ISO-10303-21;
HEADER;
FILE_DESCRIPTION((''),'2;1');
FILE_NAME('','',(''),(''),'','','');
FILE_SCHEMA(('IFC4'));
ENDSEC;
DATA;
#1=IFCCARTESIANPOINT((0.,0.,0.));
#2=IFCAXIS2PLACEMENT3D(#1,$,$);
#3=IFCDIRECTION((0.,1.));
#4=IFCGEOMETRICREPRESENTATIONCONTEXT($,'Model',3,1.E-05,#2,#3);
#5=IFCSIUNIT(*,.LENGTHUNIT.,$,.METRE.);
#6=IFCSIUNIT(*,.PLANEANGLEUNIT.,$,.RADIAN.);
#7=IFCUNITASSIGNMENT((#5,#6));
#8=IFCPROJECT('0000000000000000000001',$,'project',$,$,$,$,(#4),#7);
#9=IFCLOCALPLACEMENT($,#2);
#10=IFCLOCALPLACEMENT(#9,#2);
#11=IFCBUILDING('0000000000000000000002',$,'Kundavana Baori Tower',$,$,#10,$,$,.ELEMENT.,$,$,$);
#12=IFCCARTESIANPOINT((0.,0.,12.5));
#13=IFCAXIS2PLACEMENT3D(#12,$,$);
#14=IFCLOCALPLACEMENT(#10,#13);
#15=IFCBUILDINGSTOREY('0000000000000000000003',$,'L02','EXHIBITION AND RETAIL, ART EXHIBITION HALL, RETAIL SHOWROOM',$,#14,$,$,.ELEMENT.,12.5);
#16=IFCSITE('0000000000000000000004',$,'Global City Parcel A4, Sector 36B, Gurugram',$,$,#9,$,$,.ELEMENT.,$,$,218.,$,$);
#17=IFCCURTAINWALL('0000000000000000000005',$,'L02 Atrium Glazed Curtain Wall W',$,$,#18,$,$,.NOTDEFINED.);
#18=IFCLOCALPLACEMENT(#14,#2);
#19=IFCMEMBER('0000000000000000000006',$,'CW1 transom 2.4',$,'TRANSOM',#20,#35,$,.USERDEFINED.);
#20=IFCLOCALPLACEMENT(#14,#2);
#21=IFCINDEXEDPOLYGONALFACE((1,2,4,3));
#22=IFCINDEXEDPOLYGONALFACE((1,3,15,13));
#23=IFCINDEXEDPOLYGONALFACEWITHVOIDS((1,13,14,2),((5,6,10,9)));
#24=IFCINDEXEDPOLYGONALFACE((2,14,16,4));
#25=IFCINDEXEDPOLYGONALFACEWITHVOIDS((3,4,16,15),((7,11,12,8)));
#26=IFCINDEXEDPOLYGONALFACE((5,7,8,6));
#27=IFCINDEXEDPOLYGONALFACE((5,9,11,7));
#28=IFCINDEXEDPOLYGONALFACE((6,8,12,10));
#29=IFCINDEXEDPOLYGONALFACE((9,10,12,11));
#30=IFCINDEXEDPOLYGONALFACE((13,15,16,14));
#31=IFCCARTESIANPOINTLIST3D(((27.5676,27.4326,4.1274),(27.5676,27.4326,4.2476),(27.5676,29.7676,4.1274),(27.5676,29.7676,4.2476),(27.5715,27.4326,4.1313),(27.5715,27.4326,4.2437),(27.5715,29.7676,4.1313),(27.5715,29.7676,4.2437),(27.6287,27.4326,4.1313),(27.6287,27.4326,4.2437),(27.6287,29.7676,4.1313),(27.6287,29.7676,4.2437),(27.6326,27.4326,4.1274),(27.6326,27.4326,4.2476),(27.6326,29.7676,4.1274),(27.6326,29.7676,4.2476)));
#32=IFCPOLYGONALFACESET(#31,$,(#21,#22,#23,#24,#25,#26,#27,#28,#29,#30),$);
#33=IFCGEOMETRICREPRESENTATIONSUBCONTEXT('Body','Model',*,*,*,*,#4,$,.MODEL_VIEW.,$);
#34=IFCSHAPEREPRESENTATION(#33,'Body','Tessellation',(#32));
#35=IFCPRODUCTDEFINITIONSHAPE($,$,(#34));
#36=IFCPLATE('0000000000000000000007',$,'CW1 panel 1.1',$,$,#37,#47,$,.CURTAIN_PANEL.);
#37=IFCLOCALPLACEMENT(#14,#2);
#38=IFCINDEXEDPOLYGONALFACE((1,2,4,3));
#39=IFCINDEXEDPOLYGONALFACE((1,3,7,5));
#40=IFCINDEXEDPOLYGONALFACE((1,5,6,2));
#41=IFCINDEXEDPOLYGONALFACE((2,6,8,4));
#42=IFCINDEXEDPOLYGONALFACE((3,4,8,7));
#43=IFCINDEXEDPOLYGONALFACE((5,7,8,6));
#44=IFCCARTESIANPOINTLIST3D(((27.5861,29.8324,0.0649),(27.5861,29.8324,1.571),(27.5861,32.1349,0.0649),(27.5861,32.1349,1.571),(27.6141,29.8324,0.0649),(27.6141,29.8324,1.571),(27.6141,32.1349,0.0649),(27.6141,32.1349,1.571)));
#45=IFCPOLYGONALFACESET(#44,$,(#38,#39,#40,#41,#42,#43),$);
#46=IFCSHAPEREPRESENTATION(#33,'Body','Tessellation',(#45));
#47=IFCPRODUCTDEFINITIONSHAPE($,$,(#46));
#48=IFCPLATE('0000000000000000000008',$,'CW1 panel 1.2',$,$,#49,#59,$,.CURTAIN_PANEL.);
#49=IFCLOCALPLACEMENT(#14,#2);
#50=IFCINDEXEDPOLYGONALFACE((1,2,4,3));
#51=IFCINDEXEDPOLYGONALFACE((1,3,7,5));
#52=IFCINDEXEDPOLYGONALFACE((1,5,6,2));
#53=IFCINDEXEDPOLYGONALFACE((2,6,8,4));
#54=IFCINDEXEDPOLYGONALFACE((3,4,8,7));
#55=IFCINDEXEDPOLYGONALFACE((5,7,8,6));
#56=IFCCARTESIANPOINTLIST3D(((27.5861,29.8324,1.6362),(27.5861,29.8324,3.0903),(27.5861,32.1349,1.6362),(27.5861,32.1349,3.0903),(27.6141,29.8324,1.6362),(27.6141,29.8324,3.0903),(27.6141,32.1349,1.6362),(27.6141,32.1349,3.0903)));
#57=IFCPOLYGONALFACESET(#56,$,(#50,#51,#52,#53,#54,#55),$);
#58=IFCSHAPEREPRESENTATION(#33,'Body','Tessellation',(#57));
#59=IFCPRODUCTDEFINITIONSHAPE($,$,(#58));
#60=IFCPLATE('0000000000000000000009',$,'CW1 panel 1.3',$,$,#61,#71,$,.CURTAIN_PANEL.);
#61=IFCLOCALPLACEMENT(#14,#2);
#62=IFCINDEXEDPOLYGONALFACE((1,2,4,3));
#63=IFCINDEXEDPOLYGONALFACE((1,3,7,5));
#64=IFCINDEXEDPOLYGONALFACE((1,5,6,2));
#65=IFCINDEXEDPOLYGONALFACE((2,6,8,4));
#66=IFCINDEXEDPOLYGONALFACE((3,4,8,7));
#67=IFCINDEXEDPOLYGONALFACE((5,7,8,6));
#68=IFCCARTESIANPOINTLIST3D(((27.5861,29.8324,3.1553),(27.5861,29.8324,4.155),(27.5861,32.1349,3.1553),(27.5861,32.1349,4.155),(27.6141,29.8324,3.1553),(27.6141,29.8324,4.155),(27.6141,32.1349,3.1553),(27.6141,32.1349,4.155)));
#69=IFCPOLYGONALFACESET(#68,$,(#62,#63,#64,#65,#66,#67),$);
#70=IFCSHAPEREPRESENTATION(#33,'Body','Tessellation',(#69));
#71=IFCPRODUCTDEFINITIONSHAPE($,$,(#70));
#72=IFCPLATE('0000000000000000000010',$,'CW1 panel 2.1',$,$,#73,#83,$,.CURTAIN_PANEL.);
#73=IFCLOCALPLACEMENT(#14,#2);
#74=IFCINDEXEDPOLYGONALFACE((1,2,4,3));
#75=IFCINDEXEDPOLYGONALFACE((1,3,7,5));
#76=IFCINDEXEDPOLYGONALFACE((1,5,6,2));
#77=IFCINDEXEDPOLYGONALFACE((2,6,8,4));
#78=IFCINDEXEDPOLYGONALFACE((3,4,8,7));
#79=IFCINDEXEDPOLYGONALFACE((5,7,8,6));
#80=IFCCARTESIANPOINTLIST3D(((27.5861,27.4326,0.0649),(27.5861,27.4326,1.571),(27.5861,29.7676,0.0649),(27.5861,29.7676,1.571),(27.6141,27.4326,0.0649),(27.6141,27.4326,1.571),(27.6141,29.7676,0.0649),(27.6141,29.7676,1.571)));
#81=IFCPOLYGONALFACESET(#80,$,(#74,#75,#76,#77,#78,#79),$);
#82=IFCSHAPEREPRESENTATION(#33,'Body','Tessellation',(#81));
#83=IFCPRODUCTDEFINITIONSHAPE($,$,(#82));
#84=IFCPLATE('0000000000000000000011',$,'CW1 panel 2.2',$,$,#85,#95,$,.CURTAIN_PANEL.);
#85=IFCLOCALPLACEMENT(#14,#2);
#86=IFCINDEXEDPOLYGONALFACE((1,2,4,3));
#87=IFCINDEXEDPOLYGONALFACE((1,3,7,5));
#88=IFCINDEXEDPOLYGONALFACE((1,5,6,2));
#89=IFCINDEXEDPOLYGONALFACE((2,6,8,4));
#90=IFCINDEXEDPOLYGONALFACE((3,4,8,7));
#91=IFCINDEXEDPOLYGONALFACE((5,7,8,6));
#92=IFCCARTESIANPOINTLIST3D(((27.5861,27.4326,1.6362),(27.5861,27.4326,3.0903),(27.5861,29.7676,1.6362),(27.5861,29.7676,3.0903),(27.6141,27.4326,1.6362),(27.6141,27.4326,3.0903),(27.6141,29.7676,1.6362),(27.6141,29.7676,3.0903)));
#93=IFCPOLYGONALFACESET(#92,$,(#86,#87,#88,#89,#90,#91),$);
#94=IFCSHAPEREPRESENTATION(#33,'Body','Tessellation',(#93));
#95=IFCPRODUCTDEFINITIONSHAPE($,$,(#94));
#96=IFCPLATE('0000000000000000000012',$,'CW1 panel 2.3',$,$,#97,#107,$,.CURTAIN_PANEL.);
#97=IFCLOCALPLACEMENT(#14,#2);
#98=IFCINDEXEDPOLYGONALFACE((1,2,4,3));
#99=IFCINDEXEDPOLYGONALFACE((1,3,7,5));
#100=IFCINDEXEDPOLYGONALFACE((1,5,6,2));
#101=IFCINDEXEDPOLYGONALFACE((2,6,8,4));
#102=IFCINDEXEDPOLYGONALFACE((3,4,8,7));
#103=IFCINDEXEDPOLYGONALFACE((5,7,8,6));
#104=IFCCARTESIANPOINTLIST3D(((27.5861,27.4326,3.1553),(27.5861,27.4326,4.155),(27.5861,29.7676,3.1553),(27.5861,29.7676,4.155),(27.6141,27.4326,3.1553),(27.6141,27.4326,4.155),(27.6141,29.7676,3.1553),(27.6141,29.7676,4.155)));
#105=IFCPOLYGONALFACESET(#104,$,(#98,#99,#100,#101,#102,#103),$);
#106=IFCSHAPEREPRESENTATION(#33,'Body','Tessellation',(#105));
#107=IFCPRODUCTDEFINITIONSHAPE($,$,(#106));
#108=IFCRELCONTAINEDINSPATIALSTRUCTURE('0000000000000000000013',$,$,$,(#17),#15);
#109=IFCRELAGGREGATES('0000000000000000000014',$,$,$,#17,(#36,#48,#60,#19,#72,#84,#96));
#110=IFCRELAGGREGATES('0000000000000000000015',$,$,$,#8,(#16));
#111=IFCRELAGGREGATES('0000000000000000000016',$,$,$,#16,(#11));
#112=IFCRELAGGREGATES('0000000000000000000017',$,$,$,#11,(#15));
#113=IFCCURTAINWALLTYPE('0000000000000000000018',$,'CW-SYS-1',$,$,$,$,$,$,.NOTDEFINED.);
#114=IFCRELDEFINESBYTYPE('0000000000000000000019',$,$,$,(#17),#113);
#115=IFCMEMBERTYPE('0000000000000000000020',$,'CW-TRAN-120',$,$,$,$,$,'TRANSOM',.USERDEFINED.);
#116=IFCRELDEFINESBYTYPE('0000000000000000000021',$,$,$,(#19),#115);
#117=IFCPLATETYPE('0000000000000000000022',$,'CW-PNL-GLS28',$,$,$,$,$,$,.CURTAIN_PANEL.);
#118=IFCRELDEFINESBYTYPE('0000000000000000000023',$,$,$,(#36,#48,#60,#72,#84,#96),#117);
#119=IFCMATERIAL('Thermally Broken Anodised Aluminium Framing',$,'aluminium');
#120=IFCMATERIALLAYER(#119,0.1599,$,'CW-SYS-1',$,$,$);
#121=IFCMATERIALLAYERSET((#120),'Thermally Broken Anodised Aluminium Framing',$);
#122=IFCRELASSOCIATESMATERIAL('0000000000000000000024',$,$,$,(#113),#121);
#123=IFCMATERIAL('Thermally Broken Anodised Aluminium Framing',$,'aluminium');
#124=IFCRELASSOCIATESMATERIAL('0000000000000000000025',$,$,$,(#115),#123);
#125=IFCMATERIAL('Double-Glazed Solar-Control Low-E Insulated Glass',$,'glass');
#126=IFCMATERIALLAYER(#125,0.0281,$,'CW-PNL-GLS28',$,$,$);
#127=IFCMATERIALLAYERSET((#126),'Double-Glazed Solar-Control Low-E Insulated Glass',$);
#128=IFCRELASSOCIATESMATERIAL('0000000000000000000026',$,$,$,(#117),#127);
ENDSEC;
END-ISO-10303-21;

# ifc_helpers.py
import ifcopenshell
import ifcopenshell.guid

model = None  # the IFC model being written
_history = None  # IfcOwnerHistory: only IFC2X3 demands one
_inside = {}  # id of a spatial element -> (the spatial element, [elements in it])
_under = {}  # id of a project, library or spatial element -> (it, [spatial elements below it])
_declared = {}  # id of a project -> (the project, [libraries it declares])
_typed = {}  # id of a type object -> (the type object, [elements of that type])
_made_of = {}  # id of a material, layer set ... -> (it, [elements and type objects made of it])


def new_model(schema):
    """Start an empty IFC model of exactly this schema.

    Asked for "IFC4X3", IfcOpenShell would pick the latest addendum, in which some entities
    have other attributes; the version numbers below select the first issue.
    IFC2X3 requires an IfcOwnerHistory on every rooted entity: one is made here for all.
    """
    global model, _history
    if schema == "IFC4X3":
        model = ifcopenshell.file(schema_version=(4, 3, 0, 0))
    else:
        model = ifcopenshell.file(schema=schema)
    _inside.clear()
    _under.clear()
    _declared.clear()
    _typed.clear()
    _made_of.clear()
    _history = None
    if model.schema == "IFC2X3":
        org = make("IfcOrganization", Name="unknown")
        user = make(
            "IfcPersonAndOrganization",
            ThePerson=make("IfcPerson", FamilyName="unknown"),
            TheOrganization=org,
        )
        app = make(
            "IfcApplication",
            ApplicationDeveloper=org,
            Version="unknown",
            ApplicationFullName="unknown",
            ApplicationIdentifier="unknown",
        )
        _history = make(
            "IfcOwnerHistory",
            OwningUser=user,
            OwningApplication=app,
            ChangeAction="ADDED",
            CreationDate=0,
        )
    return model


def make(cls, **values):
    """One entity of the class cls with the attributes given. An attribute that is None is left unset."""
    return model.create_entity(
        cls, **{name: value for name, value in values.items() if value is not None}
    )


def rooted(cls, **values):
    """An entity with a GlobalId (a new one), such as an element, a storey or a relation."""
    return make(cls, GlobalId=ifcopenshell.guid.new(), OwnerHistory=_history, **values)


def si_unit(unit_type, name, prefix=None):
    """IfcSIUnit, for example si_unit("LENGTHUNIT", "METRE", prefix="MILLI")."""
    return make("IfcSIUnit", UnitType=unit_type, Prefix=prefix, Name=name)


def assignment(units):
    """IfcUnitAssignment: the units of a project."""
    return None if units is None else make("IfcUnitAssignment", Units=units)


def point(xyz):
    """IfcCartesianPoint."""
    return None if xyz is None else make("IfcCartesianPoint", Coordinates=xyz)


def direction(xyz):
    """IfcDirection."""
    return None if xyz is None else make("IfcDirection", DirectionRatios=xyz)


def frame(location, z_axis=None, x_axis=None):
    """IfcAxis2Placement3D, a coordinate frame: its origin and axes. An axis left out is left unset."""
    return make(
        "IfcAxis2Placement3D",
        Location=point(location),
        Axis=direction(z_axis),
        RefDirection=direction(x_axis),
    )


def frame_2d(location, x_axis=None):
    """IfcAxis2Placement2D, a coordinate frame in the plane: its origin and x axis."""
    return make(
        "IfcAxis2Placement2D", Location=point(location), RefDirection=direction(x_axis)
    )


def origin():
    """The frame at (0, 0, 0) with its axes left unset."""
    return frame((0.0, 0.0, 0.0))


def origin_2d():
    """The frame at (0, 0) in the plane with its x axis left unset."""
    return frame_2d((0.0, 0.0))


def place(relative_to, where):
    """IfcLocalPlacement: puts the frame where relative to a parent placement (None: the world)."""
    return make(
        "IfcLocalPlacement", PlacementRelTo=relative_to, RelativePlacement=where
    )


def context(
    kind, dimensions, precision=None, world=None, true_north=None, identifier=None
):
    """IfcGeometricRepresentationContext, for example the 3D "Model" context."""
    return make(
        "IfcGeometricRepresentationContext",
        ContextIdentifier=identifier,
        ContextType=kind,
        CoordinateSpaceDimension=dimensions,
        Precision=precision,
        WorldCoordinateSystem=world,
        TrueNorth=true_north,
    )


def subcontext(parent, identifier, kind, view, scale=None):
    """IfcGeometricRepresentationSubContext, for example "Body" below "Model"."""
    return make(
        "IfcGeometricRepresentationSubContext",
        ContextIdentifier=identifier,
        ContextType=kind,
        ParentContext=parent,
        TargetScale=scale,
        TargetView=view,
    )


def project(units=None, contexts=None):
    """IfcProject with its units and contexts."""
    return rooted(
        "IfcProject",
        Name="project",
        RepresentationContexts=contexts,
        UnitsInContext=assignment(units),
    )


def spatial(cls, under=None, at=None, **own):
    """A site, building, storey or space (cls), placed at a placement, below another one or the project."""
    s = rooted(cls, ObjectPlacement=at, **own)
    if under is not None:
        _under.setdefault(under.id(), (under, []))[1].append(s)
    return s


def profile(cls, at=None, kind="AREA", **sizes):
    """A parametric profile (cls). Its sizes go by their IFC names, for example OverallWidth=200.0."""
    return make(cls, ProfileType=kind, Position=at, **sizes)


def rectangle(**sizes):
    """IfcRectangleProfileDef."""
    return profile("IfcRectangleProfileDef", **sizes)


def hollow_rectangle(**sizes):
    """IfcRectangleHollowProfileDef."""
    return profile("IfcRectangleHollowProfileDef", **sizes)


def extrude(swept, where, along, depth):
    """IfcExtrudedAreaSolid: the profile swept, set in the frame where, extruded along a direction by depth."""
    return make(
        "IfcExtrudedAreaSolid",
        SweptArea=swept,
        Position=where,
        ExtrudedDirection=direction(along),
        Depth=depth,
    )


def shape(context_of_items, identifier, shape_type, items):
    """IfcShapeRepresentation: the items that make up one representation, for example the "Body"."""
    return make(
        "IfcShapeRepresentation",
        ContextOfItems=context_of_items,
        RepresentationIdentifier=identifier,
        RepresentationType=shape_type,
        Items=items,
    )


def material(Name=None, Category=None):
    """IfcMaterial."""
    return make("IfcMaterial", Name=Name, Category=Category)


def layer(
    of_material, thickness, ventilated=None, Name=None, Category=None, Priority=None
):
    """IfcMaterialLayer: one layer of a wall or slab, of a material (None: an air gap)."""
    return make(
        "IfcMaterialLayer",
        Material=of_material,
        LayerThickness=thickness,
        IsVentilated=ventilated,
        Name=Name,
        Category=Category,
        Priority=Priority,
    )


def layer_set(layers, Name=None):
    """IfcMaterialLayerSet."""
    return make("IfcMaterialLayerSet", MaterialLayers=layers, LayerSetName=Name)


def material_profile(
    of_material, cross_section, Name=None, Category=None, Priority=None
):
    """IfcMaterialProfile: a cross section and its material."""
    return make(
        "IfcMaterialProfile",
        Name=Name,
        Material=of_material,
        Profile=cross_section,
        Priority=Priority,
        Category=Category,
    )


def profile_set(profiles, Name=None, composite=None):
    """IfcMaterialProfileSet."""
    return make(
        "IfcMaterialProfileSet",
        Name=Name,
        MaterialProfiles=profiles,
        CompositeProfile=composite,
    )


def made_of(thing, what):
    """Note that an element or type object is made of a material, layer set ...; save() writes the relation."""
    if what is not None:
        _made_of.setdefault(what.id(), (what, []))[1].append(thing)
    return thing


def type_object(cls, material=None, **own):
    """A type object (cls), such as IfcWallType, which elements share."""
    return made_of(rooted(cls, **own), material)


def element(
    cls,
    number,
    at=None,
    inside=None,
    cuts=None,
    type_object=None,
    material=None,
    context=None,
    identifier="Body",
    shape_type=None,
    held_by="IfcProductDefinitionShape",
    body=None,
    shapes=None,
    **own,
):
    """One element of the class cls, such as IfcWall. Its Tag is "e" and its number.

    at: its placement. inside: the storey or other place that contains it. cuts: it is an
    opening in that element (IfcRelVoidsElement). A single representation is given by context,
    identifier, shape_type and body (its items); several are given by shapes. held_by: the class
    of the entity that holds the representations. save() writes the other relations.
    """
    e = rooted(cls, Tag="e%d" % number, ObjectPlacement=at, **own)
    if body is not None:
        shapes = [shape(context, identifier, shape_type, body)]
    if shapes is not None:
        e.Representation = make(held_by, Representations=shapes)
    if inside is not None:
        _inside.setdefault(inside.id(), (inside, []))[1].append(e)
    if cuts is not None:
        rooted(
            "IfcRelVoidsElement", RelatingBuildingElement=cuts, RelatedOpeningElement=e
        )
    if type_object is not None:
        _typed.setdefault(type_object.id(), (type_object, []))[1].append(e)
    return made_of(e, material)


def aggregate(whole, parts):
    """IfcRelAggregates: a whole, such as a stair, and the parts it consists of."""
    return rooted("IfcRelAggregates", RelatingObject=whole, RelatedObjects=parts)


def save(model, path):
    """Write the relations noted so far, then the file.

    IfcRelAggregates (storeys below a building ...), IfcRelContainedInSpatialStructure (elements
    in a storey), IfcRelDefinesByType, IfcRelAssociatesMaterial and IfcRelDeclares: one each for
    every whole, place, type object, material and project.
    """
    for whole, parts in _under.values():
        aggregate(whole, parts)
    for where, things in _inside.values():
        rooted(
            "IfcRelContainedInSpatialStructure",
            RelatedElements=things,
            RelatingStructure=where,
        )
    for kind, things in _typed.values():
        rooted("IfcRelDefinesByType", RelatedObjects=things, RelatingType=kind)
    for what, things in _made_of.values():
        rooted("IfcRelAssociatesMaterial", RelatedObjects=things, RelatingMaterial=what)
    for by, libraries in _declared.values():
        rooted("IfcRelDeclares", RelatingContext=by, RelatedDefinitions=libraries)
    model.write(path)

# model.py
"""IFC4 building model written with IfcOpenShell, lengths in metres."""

from ifc_helpers import new_model, si_unit, direction, frame, origin, origin_2d, place, context, subcontext, project, spatial, rectangle, hollow_rectangle, extrude, material, layer, layer_set, material_profile, profile_set, type_object, element, aggregate, save


model = new_model("IFC4")

# Units and contexts
model_context = context("Model", 3, precision=1e-05, world=origin(), true_north=direction((0.0, 1.0)))
body_context = subcontext(model_context, "Body", "Model", "MODEL_VIEW")
ifc_project = project(units=[si_unit("LENGTHUNIT", "METRE"), si_unit("PLANEANGLEUNIT", "RADIAN")], contexts=[model_context])

# Site, building, storey
site_placement = place(None, origin())
site = spatial("IfcSite", under=ifc_project, at=site_placement, Name="Global City Parcel A4, Sector 36B, Gurugram", CompositionType="ELEMENT", RefElevation=218.0)
building_placement = place(site_placement, origin())
building = spatial("IfcBuilding", under=site, at=building_placement, Name="Kundavana Baori Tower", CompositionType="ELEMENT")
storey_placement = place(building_placement, frame((0.0, 0.0, 12.5)))
storey = spatial("IfcBuildingStorey", under=building, at=storey_placement, Name="L02", Description="EXHIBITION AND RETAIL, ART EXHIBITION HALL, RETAIL SHOWROOM", CompositionType="ELEMENT", Elevation=12.5)

# Shared definitions
ifc_material_1 = material(Name="Thermally Broken Anodised Aluminium Framing", Category="aluminium")
ifc_layer_1 = layer(ifc_material_1, 0.1599, Name="CW-SYS-1")
ifc_layer_set_1 = layer_set([ifc_layer_1], Name="Thermally Broken Anodised Aluminium Framing")
curtain_wall_type = type_object("IfcCurtainWallType", Name="CW-SYS-1", PredefinedType="NOTDEFINED", material=ifc_layer_set_1)

# Curtain wall, member, plates
curtain_wall_1_placement = place(storey_placement, origin())
curtain_wall_1 = element("IfcCurtainWall", 1, at=curtain_wall_1_placement, inside=storey, type_object=curtain_wall_type, Name="L02 Atrium Glazed Curtain Wall W", PredefinedType="NOTDEFINED")
ifc_material_2 = material(Name="Thermally Broken Anodised Aluminium Framing", Category="aluminium")
ifc_material_profile_1 = material_profile(ifc_material_2, hollow_rectangle(XDim=0.0649, YDim=0.1201, WallThickness=0.0039, at=origin_2d()), Name="CW-TRAN-120")
ifc_profile_set_1 = profile_set([ifc_material_profile_1], Name="Thermally Broken Anodised Aluminium Framing")
member_type_1 = type_object("IfcMemberType", Name="CW-TRAN-120", ElementType="TRANSOM", PredefinedType="USERDEFINED", material=ifc_profile_set_1)
member_1_placement = place(storey_placement, frame((27.6001, 29.7676, 4.1875), z_axis=(0.0, -1.0, 0.0), x_axis=(1.0, 0.0, 0.0)))
member_1 = element("IfcMember", 2, at=member_1_placement, type_object=member_type_1, Name="CW1 transom 2.4", ObjectType="TRANSOM", PredefinedType="USERDEFINED", context=body_context, shape_type="SweptSolid", body=[
    extrude(hollow_rectangle(XDim=0.0649, YDim=0.1201, WallThickness=0.0039, at=origin_2d()), origin(), (0.0, 0.0, 1.0), 2.335),
])
ifc_material_3 = material(Name="Double-Glazed Solar-Control Low-E Insulated Glass", Category="glass")
ifc_layer_2 = layer(ifc_material_3, 0.0281, Name="CW-PNL-GLS28")
ifc_layer_set_2 = layer_set([ifc_layer_2], Name="Double-Glazed Solar-Control Low-E Insulated Glass")
plate_type = type_object("IfcPlateType", Name="CW-PNL-GLS28", PredefinedType="CURTAIN_PANEL", material=ifc_layer_set_2)
plate_1_placement = place(storey_placement, frame((27.6001, 30.9836, 0.0649), z_axis=(0.0, 0.0, 1.0), x_axis=(0.0, -1.0, 0.0)))
plate_1 = element("IfcPlate", 3, at=plate_1_placement, type_object=plate_type, Name="CW1 panel 1.1", PredefinedType="CURTAIN_PANEL", context=body_context, shape_type="SweptSolid", body=[
    extrude(rectangle(XDim=2.3025, YDim=0.0281, at=origin_2d()), origin(), (0.0, 0.0, 1.0), 1.5061),
])
plate_2_placement = place(storey_placement, frame((27.6001, 30.9836, 1.6362), z_axis=(0.0, 0.0, 1.0), x_axis=(0.0, -1.0, 0.0)))
plate_2 = element("IfcPlate", 4, at=plate_2_placement, type_object=plate_type, Name="CW1 panel 1.2", PredefinedType="CURTAIN_PANEL", context=body_context, shape_type="SweptSolid", body=[
    extrude(rectangle(XDim=2.3025, YDim=0.0281, at=origin_2d()), origin(), (0.0, 0.0, 1.0), 1.4541),
])
plate_3_placement = place(storey_placement, frame((27.6001, 30.9836, 3.1553), z_axis=(0.0, 0.0, 1.0), x_axis=(0.0, -1.0, 0.0)))
plate_3 = element("IfcPlate", 5, at=plate_3_placement, type_object=plate_type, Name="CW1 panel 1.3", PredefinedType="CURTAIN_PANEL", context=body_context, shape_type="SweptSolid", body=[
    extrude(rectangle(XDim=2.3025, YDim=0.0281, at=origin_2d()), origin(), (0.0, 0.0, 1.0), 0.9998),
])
plate_4_placement = place(storey_placement, frame((27.6001, 28.6001, 0.0649), z_axis=(0.0, 0.0, 1.0), x_axis=(0.0, -1.0, 0.0)))
plate_4 = element("IfcPlate", 6, at=plate_4_placement, type_object=plate_type, Name="CW1 panel 2.1", PredefinedType="CURTAIN_PANEL", context=body_context, shape_type="SweptSolid", body=[
    extrude(rectangle(XDim=2.335, YDim=0.0281, at=origin_2d()), origin(), (0.0, 0.0, 1.0), 1.5061),
])
plate_5_placement = place(storey_placement, frame((27.6001, 28.6001, 1.6362), z_axis=(0.0, 0.0, 1.0), x_axis=(0.0, -1.0, 0.0)))
plate_5 = element("IfcPlate", 7, at=plate_5_placement, type_object=plate_type, Name="CW1 panel 2.2", PredefinedType="CURTAIN_PANEL", context=body_context, shape_type="SweptSolid", body=[
    extrude(rectangle(XDim=2.335, YDim=0.0281, at=origin_2d()), origin(), (0.0, 0.0, 1.0), 1.4541),
])
plate_6_placement = place(storey_placement, frame((27.6001, 28.6001, 3.1553), z_axis=(0.0, 0.0, 1.0), x_axis=(0.0, -1.0, 0.0)))
plate_6 = element("IfcPlate", 8, at=plate_6_placement, type_object=plate_type, Name="CW1 panel 2.3", PredefinedType="CURTAIN_PANEL", context=body_context, shape_type="SweptSolid", body=[
    extrude(rectangle(XDim=2.335, YDim=0.0281, at=origin_2d()), origin(), (0.0, 0.0, 1.0), 0.9998),
])
aggregate(curtain_wall_1, [plate_1, plate_2, plate_3, member_1, plate_4, plate_5, plate_6])

save(model, "model.ifc")
